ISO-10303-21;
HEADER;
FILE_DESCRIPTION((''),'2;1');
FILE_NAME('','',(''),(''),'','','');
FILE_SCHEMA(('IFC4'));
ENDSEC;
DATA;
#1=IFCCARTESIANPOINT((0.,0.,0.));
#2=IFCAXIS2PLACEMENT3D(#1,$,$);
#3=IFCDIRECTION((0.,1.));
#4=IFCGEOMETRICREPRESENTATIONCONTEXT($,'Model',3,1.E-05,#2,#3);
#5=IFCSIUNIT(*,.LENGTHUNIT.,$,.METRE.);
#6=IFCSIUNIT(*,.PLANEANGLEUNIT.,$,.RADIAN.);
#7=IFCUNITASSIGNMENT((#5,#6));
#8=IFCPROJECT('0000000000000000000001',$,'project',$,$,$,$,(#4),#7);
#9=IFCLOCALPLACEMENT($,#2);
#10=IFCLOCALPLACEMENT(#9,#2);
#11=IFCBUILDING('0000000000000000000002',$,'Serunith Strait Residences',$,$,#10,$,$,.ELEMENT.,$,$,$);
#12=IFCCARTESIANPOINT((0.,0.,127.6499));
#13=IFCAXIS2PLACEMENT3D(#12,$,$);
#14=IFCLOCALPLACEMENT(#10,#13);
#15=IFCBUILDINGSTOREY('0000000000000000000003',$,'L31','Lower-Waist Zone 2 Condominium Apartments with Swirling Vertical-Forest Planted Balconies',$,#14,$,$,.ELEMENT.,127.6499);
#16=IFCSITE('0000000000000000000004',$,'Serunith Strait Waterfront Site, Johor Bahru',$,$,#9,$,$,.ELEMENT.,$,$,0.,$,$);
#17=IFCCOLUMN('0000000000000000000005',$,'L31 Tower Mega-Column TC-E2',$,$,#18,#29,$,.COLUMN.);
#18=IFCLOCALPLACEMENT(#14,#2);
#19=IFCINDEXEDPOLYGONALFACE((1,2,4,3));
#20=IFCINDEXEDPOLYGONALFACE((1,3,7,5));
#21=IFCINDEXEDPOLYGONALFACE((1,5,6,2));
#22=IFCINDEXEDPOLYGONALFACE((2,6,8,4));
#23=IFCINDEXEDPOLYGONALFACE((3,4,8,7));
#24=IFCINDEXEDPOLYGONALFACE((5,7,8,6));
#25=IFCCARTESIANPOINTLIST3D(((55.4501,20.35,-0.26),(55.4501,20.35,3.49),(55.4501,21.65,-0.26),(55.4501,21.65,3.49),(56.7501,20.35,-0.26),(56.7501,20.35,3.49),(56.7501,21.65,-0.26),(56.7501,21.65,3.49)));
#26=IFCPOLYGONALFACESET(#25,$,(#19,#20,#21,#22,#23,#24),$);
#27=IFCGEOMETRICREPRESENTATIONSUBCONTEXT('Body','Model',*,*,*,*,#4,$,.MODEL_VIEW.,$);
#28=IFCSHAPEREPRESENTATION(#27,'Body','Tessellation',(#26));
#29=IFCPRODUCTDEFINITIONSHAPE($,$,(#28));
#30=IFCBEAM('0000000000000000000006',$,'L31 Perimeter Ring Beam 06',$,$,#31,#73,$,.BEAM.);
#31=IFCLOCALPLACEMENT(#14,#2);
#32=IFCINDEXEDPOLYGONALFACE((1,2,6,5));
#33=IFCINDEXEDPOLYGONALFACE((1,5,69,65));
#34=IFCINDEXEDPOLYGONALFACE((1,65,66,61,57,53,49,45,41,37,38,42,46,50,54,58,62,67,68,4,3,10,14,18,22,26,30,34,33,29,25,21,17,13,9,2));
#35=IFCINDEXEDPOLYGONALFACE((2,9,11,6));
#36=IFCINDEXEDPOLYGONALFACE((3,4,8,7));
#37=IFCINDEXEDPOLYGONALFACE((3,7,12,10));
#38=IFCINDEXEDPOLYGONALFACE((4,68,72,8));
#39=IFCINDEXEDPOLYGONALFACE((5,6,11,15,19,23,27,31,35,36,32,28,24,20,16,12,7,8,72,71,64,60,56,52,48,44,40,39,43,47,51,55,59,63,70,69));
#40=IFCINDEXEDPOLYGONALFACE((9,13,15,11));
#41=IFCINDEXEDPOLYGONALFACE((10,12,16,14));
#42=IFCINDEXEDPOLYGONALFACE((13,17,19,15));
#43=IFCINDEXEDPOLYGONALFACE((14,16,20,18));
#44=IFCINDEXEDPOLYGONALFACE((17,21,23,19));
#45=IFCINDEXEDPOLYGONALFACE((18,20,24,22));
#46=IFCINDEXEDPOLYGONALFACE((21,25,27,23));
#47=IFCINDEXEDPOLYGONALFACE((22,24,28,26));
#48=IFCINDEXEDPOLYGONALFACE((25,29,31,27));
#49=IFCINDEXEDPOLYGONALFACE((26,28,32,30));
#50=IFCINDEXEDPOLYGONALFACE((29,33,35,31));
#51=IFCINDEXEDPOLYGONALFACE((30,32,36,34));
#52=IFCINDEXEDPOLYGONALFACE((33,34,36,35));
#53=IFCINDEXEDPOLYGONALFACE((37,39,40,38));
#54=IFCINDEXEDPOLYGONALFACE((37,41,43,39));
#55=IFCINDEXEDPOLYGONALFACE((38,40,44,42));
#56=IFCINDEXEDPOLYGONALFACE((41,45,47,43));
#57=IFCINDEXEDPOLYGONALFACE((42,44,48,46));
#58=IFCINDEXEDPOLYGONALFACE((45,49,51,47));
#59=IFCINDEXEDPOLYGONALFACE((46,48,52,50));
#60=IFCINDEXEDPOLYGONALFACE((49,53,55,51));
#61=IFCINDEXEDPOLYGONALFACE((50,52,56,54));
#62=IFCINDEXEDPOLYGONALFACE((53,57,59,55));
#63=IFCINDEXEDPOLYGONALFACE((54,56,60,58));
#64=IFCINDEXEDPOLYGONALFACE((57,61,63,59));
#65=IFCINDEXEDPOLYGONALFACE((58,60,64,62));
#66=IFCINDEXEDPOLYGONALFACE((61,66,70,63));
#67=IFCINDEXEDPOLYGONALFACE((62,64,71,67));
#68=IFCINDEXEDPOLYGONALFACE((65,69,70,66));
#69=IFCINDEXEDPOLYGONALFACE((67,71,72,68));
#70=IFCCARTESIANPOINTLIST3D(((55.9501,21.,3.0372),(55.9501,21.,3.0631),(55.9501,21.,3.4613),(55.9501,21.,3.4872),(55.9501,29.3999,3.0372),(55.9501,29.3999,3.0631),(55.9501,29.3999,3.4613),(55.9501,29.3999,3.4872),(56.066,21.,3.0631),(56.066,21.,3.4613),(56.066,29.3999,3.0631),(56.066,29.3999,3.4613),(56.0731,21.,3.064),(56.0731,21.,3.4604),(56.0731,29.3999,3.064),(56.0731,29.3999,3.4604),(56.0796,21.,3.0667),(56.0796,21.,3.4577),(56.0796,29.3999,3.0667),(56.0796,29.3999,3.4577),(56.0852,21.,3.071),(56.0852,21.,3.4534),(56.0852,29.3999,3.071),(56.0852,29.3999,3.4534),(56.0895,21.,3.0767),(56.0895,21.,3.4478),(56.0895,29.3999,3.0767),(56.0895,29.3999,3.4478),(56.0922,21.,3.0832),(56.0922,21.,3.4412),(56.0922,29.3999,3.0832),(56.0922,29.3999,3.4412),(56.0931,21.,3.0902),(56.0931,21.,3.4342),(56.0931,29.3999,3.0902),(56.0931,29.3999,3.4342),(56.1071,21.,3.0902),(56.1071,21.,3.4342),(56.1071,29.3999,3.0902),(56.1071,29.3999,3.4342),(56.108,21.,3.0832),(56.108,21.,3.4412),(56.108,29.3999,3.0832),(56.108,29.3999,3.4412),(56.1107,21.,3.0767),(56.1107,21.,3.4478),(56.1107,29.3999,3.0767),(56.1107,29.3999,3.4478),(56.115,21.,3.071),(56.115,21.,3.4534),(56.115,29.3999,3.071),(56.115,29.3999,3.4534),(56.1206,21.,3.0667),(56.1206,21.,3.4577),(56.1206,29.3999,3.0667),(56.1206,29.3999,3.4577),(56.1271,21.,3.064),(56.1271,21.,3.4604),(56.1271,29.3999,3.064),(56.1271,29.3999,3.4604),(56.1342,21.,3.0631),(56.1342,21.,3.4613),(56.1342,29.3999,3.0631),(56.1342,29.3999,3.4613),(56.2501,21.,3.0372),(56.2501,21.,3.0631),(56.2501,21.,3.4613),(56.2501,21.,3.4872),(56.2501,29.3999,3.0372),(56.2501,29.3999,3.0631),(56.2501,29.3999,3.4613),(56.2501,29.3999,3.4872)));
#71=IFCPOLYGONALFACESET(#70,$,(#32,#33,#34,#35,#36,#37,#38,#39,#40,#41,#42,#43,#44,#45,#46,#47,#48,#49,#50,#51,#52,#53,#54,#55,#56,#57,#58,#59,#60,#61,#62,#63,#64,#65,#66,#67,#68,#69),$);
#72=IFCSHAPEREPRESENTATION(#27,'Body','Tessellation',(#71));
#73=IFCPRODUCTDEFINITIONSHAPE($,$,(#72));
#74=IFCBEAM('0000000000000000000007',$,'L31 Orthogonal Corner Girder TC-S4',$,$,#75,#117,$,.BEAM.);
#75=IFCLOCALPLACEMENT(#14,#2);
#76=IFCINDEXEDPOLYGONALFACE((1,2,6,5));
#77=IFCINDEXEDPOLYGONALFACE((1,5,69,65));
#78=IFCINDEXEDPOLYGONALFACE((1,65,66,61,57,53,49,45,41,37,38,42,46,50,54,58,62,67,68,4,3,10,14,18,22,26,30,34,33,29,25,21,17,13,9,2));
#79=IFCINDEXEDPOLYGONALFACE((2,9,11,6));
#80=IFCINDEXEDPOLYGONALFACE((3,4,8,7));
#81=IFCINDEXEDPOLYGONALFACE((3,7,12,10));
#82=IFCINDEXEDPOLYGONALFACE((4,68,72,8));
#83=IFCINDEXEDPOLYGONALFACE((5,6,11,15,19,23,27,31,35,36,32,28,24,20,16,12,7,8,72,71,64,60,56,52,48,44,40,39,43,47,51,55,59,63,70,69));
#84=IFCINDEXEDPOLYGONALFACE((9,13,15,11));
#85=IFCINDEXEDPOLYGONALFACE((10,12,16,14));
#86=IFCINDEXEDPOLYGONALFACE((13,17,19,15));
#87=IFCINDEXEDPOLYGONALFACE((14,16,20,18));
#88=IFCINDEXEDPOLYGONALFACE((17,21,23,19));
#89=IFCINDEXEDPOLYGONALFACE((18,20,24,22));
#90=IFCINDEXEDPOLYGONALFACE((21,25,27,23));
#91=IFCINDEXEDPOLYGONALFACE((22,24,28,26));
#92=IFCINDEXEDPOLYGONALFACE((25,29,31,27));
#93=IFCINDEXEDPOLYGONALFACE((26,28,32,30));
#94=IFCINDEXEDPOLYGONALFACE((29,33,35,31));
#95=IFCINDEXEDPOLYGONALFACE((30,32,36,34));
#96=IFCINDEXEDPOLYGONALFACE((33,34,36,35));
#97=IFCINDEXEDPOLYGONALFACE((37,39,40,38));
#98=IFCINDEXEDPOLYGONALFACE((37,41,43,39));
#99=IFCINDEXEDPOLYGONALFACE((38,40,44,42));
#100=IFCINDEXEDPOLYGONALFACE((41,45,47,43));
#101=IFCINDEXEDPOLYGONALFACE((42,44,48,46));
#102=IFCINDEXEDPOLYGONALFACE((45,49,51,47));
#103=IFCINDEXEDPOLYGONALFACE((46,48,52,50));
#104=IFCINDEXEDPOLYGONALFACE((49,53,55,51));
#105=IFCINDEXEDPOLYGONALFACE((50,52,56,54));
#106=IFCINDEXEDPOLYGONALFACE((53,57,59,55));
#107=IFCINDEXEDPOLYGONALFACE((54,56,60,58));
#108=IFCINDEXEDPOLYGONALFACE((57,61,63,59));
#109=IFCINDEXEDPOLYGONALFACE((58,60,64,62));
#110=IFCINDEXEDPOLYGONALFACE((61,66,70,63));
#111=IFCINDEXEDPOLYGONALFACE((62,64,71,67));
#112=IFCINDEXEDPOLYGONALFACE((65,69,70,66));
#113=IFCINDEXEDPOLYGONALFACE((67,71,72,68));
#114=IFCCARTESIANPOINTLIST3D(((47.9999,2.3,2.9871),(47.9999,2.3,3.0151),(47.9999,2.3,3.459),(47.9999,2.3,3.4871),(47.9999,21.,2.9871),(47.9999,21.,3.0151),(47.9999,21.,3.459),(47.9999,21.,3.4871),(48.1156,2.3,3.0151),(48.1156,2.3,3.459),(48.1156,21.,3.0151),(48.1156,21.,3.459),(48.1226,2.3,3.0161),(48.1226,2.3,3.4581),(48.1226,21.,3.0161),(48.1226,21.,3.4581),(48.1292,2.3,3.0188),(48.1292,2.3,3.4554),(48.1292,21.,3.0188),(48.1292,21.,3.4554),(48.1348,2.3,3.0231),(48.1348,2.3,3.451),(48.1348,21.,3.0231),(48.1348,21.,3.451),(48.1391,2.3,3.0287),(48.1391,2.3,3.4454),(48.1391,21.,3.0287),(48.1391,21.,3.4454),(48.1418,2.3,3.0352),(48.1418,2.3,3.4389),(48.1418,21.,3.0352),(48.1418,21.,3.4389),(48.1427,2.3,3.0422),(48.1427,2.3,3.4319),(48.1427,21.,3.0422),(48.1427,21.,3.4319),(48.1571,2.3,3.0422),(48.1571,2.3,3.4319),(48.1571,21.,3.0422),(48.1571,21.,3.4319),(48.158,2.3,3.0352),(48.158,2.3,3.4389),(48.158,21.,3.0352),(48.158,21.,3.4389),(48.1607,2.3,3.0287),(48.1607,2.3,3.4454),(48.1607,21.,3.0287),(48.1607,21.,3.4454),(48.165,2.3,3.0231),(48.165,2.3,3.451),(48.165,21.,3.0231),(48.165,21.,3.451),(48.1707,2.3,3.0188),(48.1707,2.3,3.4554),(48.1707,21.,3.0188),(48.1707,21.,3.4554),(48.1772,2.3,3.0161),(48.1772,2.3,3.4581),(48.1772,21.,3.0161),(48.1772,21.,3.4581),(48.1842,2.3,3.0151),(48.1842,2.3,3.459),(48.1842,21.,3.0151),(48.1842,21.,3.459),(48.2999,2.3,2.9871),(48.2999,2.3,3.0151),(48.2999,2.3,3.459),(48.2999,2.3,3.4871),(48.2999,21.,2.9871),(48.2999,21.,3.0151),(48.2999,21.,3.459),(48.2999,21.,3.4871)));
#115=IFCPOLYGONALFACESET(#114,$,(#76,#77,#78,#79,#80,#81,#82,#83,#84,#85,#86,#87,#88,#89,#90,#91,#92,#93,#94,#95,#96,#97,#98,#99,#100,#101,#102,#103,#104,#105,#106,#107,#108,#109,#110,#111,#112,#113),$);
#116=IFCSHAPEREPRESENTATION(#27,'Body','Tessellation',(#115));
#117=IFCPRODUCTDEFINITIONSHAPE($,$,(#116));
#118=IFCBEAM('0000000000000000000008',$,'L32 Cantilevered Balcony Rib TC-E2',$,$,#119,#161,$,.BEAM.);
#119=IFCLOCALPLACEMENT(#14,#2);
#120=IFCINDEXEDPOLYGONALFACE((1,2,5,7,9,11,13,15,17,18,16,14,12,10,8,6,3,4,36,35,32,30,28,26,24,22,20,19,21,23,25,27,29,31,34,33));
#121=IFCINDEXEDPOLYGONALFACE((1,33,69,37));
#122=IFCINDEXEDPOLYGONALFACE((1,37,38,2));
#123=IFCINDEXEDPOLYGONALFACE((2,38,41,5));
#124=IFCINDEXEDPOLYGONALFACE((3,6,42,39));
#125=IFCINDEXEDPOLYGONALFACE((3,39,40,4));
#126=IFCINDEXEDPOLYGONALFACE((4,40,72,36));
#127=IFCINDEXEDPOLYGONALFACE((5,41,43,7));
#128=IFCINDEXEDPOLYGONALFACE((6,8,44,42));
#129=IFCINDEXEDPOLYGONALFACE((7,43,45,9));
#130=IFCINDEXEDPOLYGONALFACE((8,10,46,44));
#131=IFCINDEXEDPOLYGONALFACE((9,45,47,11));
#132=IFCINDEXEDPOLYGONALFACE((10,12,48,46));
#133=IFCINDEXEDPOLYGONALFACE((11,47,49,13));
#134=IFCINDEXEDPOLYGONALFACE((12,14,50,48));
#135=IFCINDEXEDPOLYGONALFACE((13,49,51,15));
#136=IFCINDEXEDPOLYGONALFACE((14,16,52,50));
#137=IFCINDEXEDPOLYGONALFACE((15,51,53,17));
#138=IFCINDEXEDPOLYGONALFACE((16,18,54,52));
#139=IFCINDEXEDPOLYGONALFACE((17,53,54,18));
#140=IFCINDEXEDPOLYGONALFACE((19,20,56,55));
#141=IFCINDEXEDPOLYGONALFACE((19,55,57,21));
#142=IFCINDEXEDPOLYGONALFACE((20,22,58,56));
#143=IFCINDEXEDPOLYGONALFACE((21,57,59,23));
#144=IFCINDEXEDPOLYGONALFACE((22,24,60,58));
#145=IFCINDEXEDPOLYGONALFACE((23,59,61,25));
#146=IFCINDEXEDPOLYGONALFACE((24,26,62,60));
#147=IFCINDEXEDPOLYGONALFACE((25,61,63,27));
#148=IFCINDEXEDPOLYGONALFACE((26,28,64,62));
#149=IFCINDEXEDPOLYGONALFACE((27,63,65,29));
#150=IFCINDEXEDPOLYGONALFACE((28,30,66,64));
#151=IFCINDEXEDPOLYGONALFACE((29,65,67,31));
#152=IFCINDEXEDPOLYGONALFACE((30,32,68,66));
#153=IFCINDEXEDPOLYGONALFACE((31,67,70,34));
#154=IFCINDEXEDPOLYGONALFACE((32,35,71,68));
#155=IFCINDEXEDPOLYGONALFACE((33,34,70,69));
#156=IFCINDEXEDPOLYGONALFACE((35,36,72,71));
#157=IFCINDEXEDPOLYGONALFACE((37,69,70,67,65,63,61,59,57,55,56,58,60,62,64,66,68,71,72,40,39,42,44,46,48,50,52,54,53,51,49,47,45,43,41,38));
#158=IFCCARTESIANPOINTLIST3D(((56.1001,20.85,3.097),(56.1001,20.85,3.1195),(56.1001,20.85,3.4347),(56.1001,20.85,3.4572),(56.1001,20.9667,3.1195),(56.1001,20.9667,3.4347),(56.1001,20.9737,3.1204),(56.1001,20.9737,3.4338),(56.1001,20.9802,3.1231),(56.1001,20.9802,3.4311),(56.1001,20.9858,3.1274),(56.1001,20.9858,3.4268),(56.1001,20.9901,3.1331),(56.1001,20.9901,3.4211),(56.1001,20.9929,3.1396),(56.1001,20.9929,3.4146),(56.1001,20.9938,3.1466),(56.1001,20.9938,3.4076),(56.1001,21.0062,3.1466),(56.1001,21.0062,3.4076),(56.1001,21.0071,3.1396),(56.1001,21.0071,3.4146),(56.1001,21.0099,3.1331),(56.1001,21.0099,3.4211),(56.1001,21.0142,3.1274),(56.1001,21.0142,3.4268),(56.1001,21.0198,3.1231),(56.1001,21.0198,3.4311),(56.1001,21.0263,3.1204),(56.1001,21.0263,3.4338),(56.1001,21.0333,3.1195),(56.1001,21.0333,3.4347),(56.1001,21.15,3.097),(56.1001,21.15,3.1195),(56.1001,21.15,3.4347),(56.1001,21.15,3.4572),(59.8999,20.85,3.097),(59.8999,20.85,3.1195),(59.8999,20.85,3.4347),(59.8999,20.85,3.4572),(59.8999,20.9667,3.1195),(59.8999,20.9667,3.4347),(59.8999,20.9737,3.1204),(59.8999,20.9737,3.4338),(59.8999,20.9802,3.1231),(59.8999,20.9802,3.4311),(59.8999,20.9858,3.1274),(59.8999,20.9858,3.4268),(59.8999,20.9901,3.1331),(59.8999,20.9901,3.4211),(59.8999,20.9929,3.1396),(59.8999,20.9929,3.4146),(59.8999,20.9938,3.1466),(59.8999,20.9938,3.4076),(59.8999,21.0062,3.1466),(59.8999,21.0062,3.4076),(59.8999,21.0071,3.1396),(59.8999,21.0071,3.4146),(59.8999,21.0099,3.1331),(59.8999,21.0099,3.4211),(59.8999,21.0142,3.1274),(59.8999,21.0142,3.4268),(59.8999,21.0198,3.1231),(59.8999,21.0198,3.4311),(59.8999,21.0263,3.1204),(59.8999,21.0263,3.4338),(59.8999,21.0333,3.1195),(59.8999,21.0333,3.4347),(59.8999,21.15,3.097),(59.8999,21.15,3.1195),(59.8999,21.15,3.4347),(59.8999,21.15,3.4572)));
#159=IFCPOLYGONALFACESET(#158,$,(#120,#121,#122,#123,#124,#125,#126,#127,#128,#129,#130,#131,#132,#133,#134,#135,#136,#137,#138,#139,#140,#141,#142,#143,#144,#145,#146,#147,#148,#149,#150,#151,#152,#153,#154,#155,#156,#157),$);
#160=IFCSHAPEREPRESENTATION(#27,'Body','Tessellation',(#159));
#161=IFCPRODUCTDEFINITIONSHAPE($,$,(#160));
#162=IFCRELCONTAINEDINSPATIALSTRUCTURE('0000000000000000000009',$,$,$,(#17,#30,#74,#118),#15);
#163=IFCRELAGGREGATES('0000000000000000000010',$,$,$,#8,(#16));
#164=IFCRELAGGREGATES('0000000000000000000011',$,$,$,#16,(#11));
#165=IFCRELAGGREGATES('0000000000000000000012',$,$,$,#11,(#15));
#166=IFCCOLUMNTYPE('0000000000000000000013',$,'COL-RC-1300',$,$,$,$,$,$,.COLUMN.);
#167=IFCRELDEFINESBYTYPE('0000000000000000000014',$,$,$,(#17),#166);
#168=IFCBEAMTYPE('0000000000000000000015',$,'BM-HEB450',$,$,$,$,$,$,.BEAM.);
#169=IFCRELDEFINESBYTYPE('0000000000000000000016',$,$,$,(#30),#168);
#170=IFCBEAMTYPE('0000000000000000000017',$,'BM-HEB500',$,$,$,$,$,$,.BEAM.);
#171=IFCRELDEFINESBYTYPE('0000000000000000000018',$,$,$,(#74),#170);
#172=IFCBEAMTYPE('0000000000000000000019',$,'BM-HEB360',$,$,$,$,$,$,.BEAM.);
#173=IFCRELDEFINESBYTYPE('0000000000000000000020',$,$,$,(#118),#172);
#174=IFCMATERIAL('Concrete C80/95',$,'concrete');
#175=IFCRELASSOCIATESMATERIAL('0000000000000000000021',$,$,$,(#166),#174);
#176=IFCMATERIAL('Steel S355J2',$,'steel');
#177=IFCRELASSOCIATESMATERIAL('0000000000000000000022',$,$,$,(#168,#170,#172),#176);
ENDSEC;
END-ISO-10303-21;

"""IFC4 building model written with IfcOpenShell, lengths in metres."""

from ifc_helpers import new_model, si_unit, direction, frame, origin, origin_2d, place, context, subcontext, project, spatial, rectangle, i_section, extrude, source, transform, mapped, material, material_profile, profile_set, type_object, element, save


model = new_model("IFC4")

# Units and contexts
model_context = context("Model", 3, precision=1e-05, world=origin(), true_north=direction((0.0, 1.0)))
body_context = subcontext(model_context, "Body", "Model", "MODEL_VIEW")
ifc_project = project(units=[si_unit("LENGTHUNIT", "METRE"), si_unit("PLANEANGLEUNIT", "RADIAN")], contexts=[model_context])

# Site, building, storey
site_placement = place(None, origin())
site = spatial("IfcSite", under=ifc_project, at=site_placement, Name="Serunith Strait Waterfront Site, Johor Bahru", CompositionType="ELEMENT", RefElevation=0.0)
building_placement = place(site_placement, origin())
building = spatial("IfcBuilding", under=site, at=building_placement, Name="Serunith Strait Residences", CompositionType="ELEMENT")
storey_placement = place(building_placement, frame((0.0, 0.0, 127.6499)))
storey = spatial("IfcBuildingStorey", under=building, at=storey_placement, Name="L31", Description="Lower-Waist Zone 2 Condominium Apartments with Swirling Vertical-Forest Planted Balconies", CompositionType="ELEMENT", Elevation=127.6499)

# Column
ifc_material_1 = material(Name="Concrete C80/95", Category="concrete")
ifc_material_profile_1 = material_profile(ifc_material_1, rectangle(XDim=1.3, YDim=1.3, at=origin_2d()), Name="RC 1300x1300")
ifc_profile_set_1 = profile_set([ifc_material_profile_1], Name="Concrete C80/95")
column_type = type_object("IfcColumnType", Name="COL-RC-1300", PredefinedType="COLUMN", material=ifc_profile_set_1)
shared_shape_1 = source(origin(), body_context, "Body", "SweptSolid", [
    extrude(rectangle(XDim=1.3, YDim=1.3, at=origin_2d()), origin(), (0.0, 0.0, 1.0), 3.75),
])
column_placement = place(storey_placement, frame((56.1001, 21.0, -0.26), z_axis=(0.0, 0.0, 1.0), x_axis=(1.0, 0.0, 0.0)))
element("IfcColumn", 1, at=column_placement, inside=storey, type_object=column_type, Name="L31 Tower Mega-Column TC-E2", PredefinedType="COLUMN", context=body_context, shape_type="MappedRepresentation", body=[
    mapped(shared_shape_1, transform((0.0, 0.0, 0.0), scale=1.0)),
])

# Beams
ifc_material_2 = material(Name="Steel S355J2", Category="steel")
ifc_material_profile_2 = material_profile(ifc_material_2, i_section(OverallWidth=0.3, OverallDepth=0.45, WebThickness=0.0139, FlangeThickness=0.0259, FilletRadius=0.0271, at=origin_2d()), Name="HEB 450")
ifc_profile_set_2 = profile_set([ifc_material_profile_2], Name="Steel S355J2")
beam_type_1 = type_object("IfcBeamType", Name="BM-HEB450", PredefinedType="BEAM", material=ifc_profile_set_2)
shared_shape_2 = source(origin(), body_context, "Body", "SweptSolid", [
    extrude(i_section(OverallWidth=0.3, OverallDepth=0.45, WebThickness=0.0139, FlangeThickness=0.0259, FilletRadius=0.0271, at=origin_2d()), origin(), (0.0, 0.0, 1.0), 8.3999),
])
beam_1_placement = place(storey_placement, frame((56.1001, 21.0, 3.2622), z_axis=(0.0, 1.0, 0.0), x_axis=(-1.0, 0.0, 0.0)))
element("IfcBeam", 2, at=beam_1_placement, inside=storey, type_object=beam_type_1, Name="L31 Perimeter Ring Beam 06", PredefinedType="BEAM", context=body_context, shape_type="MappedRepresentation", body=[
    mapped(shared_shape_2, transform((0.0, 0.0, 0.0), scale=1.0)),
])
ifc_material_profile_3 = material_profile(ifc_material_2, i_section(OverallWidth=0.3, OverallDepth=0.5, WebThickness=0.0144, FlangeThickness=0.0281, FilletRadius=0.0271, at=origin_2d()), Name="HEB 500")
ifc_profile_set_3 = profile_set([ifc_material_profile_3], Name="Steel S355J2")
beam_type_2 = type_object("IfcBeamType", Name="BM-HEB500", PredefinedType="BEAM", material=ifc_profile_set_3)
shared_shape_3 = source(origin(), body_context, "Body", "SweptSolid", [
    extrude(i_section(OverallWidth=0.3, OverallDepth=0.5, WebThickness=0.0144, FlangeThickness=0.0281, FilletRadius=0.0271, at=origin_2d()), origin(), (0.0, 0.0, 1.0), 18.7),
])
beam_2_placement = place(storey_placement, frame((48.1499, 21.0, 3.2371), z_axis=(0.0, -1.0, 0.0), x_axis=(1.0, 0.0, 0.0)))
element("IfcBeam", 3, at=beam_2_placement, inside=storey, type_object=beam_type_2, Name="L31 Orthogonal Corner Girder TC-S4", PredefinedType="BEAM", context=body_context, shape_type="MappedRepresentation", body=[
    mapped(shared_shape_3, transform((0.0, 0.0, 0.0), scale=1.0)),
])
ifc_material_profile_4 = material_profile(ifc_material_2, i_section(OverallWidth=0.3, OverallDepth=0.3601, WebThickness=0.0125, FlangeThickness=0.0225, FilletRadius=0.0271, at=origin_2d()), Name="HEB 360")
ifc_profile_set_4 = profile_set([ifc_material_profile_4], Name="Steel S355J2")
beam_type_3 = type_object("IfcBeamType", Name="BM-HEB360", PredefinedType="BEAM", material=ifc_profile_set_4)
shared_shape_4 = source(origin(), body_context, "Body", "SweptSolid", [
    extrude(i_section(OverallWidth=0.3, OverallDepth=0.3601, WebThickness=0.0125, FlangeThickness=0.0225, FilletRadius=0.0271, at=origin_2d()), origin(), (0.0, 0.0, 1.0), 3.7998),
])
beam_3_placement = place(storey_placement, frame((56.1001, 21.0, 3.2771), z_axis=(1.0, 0.0, 0.0), x_axis=(0.0, 1.0, 0.0)))
element("IfcBeam", 4, at=beam_3_placement, inside=storey, type_object=beam_type_3, Name="L32 Cantilevered Balcony Rib TC-E2", PredefinedType="BEAM", context=body_context, shape_type="MappedRepresentation", body=[
    mapped(shared_shape_4, transform((0.0, 0.0, 0.0), scale=1.0)),
])

save(model, "model.ifc")
